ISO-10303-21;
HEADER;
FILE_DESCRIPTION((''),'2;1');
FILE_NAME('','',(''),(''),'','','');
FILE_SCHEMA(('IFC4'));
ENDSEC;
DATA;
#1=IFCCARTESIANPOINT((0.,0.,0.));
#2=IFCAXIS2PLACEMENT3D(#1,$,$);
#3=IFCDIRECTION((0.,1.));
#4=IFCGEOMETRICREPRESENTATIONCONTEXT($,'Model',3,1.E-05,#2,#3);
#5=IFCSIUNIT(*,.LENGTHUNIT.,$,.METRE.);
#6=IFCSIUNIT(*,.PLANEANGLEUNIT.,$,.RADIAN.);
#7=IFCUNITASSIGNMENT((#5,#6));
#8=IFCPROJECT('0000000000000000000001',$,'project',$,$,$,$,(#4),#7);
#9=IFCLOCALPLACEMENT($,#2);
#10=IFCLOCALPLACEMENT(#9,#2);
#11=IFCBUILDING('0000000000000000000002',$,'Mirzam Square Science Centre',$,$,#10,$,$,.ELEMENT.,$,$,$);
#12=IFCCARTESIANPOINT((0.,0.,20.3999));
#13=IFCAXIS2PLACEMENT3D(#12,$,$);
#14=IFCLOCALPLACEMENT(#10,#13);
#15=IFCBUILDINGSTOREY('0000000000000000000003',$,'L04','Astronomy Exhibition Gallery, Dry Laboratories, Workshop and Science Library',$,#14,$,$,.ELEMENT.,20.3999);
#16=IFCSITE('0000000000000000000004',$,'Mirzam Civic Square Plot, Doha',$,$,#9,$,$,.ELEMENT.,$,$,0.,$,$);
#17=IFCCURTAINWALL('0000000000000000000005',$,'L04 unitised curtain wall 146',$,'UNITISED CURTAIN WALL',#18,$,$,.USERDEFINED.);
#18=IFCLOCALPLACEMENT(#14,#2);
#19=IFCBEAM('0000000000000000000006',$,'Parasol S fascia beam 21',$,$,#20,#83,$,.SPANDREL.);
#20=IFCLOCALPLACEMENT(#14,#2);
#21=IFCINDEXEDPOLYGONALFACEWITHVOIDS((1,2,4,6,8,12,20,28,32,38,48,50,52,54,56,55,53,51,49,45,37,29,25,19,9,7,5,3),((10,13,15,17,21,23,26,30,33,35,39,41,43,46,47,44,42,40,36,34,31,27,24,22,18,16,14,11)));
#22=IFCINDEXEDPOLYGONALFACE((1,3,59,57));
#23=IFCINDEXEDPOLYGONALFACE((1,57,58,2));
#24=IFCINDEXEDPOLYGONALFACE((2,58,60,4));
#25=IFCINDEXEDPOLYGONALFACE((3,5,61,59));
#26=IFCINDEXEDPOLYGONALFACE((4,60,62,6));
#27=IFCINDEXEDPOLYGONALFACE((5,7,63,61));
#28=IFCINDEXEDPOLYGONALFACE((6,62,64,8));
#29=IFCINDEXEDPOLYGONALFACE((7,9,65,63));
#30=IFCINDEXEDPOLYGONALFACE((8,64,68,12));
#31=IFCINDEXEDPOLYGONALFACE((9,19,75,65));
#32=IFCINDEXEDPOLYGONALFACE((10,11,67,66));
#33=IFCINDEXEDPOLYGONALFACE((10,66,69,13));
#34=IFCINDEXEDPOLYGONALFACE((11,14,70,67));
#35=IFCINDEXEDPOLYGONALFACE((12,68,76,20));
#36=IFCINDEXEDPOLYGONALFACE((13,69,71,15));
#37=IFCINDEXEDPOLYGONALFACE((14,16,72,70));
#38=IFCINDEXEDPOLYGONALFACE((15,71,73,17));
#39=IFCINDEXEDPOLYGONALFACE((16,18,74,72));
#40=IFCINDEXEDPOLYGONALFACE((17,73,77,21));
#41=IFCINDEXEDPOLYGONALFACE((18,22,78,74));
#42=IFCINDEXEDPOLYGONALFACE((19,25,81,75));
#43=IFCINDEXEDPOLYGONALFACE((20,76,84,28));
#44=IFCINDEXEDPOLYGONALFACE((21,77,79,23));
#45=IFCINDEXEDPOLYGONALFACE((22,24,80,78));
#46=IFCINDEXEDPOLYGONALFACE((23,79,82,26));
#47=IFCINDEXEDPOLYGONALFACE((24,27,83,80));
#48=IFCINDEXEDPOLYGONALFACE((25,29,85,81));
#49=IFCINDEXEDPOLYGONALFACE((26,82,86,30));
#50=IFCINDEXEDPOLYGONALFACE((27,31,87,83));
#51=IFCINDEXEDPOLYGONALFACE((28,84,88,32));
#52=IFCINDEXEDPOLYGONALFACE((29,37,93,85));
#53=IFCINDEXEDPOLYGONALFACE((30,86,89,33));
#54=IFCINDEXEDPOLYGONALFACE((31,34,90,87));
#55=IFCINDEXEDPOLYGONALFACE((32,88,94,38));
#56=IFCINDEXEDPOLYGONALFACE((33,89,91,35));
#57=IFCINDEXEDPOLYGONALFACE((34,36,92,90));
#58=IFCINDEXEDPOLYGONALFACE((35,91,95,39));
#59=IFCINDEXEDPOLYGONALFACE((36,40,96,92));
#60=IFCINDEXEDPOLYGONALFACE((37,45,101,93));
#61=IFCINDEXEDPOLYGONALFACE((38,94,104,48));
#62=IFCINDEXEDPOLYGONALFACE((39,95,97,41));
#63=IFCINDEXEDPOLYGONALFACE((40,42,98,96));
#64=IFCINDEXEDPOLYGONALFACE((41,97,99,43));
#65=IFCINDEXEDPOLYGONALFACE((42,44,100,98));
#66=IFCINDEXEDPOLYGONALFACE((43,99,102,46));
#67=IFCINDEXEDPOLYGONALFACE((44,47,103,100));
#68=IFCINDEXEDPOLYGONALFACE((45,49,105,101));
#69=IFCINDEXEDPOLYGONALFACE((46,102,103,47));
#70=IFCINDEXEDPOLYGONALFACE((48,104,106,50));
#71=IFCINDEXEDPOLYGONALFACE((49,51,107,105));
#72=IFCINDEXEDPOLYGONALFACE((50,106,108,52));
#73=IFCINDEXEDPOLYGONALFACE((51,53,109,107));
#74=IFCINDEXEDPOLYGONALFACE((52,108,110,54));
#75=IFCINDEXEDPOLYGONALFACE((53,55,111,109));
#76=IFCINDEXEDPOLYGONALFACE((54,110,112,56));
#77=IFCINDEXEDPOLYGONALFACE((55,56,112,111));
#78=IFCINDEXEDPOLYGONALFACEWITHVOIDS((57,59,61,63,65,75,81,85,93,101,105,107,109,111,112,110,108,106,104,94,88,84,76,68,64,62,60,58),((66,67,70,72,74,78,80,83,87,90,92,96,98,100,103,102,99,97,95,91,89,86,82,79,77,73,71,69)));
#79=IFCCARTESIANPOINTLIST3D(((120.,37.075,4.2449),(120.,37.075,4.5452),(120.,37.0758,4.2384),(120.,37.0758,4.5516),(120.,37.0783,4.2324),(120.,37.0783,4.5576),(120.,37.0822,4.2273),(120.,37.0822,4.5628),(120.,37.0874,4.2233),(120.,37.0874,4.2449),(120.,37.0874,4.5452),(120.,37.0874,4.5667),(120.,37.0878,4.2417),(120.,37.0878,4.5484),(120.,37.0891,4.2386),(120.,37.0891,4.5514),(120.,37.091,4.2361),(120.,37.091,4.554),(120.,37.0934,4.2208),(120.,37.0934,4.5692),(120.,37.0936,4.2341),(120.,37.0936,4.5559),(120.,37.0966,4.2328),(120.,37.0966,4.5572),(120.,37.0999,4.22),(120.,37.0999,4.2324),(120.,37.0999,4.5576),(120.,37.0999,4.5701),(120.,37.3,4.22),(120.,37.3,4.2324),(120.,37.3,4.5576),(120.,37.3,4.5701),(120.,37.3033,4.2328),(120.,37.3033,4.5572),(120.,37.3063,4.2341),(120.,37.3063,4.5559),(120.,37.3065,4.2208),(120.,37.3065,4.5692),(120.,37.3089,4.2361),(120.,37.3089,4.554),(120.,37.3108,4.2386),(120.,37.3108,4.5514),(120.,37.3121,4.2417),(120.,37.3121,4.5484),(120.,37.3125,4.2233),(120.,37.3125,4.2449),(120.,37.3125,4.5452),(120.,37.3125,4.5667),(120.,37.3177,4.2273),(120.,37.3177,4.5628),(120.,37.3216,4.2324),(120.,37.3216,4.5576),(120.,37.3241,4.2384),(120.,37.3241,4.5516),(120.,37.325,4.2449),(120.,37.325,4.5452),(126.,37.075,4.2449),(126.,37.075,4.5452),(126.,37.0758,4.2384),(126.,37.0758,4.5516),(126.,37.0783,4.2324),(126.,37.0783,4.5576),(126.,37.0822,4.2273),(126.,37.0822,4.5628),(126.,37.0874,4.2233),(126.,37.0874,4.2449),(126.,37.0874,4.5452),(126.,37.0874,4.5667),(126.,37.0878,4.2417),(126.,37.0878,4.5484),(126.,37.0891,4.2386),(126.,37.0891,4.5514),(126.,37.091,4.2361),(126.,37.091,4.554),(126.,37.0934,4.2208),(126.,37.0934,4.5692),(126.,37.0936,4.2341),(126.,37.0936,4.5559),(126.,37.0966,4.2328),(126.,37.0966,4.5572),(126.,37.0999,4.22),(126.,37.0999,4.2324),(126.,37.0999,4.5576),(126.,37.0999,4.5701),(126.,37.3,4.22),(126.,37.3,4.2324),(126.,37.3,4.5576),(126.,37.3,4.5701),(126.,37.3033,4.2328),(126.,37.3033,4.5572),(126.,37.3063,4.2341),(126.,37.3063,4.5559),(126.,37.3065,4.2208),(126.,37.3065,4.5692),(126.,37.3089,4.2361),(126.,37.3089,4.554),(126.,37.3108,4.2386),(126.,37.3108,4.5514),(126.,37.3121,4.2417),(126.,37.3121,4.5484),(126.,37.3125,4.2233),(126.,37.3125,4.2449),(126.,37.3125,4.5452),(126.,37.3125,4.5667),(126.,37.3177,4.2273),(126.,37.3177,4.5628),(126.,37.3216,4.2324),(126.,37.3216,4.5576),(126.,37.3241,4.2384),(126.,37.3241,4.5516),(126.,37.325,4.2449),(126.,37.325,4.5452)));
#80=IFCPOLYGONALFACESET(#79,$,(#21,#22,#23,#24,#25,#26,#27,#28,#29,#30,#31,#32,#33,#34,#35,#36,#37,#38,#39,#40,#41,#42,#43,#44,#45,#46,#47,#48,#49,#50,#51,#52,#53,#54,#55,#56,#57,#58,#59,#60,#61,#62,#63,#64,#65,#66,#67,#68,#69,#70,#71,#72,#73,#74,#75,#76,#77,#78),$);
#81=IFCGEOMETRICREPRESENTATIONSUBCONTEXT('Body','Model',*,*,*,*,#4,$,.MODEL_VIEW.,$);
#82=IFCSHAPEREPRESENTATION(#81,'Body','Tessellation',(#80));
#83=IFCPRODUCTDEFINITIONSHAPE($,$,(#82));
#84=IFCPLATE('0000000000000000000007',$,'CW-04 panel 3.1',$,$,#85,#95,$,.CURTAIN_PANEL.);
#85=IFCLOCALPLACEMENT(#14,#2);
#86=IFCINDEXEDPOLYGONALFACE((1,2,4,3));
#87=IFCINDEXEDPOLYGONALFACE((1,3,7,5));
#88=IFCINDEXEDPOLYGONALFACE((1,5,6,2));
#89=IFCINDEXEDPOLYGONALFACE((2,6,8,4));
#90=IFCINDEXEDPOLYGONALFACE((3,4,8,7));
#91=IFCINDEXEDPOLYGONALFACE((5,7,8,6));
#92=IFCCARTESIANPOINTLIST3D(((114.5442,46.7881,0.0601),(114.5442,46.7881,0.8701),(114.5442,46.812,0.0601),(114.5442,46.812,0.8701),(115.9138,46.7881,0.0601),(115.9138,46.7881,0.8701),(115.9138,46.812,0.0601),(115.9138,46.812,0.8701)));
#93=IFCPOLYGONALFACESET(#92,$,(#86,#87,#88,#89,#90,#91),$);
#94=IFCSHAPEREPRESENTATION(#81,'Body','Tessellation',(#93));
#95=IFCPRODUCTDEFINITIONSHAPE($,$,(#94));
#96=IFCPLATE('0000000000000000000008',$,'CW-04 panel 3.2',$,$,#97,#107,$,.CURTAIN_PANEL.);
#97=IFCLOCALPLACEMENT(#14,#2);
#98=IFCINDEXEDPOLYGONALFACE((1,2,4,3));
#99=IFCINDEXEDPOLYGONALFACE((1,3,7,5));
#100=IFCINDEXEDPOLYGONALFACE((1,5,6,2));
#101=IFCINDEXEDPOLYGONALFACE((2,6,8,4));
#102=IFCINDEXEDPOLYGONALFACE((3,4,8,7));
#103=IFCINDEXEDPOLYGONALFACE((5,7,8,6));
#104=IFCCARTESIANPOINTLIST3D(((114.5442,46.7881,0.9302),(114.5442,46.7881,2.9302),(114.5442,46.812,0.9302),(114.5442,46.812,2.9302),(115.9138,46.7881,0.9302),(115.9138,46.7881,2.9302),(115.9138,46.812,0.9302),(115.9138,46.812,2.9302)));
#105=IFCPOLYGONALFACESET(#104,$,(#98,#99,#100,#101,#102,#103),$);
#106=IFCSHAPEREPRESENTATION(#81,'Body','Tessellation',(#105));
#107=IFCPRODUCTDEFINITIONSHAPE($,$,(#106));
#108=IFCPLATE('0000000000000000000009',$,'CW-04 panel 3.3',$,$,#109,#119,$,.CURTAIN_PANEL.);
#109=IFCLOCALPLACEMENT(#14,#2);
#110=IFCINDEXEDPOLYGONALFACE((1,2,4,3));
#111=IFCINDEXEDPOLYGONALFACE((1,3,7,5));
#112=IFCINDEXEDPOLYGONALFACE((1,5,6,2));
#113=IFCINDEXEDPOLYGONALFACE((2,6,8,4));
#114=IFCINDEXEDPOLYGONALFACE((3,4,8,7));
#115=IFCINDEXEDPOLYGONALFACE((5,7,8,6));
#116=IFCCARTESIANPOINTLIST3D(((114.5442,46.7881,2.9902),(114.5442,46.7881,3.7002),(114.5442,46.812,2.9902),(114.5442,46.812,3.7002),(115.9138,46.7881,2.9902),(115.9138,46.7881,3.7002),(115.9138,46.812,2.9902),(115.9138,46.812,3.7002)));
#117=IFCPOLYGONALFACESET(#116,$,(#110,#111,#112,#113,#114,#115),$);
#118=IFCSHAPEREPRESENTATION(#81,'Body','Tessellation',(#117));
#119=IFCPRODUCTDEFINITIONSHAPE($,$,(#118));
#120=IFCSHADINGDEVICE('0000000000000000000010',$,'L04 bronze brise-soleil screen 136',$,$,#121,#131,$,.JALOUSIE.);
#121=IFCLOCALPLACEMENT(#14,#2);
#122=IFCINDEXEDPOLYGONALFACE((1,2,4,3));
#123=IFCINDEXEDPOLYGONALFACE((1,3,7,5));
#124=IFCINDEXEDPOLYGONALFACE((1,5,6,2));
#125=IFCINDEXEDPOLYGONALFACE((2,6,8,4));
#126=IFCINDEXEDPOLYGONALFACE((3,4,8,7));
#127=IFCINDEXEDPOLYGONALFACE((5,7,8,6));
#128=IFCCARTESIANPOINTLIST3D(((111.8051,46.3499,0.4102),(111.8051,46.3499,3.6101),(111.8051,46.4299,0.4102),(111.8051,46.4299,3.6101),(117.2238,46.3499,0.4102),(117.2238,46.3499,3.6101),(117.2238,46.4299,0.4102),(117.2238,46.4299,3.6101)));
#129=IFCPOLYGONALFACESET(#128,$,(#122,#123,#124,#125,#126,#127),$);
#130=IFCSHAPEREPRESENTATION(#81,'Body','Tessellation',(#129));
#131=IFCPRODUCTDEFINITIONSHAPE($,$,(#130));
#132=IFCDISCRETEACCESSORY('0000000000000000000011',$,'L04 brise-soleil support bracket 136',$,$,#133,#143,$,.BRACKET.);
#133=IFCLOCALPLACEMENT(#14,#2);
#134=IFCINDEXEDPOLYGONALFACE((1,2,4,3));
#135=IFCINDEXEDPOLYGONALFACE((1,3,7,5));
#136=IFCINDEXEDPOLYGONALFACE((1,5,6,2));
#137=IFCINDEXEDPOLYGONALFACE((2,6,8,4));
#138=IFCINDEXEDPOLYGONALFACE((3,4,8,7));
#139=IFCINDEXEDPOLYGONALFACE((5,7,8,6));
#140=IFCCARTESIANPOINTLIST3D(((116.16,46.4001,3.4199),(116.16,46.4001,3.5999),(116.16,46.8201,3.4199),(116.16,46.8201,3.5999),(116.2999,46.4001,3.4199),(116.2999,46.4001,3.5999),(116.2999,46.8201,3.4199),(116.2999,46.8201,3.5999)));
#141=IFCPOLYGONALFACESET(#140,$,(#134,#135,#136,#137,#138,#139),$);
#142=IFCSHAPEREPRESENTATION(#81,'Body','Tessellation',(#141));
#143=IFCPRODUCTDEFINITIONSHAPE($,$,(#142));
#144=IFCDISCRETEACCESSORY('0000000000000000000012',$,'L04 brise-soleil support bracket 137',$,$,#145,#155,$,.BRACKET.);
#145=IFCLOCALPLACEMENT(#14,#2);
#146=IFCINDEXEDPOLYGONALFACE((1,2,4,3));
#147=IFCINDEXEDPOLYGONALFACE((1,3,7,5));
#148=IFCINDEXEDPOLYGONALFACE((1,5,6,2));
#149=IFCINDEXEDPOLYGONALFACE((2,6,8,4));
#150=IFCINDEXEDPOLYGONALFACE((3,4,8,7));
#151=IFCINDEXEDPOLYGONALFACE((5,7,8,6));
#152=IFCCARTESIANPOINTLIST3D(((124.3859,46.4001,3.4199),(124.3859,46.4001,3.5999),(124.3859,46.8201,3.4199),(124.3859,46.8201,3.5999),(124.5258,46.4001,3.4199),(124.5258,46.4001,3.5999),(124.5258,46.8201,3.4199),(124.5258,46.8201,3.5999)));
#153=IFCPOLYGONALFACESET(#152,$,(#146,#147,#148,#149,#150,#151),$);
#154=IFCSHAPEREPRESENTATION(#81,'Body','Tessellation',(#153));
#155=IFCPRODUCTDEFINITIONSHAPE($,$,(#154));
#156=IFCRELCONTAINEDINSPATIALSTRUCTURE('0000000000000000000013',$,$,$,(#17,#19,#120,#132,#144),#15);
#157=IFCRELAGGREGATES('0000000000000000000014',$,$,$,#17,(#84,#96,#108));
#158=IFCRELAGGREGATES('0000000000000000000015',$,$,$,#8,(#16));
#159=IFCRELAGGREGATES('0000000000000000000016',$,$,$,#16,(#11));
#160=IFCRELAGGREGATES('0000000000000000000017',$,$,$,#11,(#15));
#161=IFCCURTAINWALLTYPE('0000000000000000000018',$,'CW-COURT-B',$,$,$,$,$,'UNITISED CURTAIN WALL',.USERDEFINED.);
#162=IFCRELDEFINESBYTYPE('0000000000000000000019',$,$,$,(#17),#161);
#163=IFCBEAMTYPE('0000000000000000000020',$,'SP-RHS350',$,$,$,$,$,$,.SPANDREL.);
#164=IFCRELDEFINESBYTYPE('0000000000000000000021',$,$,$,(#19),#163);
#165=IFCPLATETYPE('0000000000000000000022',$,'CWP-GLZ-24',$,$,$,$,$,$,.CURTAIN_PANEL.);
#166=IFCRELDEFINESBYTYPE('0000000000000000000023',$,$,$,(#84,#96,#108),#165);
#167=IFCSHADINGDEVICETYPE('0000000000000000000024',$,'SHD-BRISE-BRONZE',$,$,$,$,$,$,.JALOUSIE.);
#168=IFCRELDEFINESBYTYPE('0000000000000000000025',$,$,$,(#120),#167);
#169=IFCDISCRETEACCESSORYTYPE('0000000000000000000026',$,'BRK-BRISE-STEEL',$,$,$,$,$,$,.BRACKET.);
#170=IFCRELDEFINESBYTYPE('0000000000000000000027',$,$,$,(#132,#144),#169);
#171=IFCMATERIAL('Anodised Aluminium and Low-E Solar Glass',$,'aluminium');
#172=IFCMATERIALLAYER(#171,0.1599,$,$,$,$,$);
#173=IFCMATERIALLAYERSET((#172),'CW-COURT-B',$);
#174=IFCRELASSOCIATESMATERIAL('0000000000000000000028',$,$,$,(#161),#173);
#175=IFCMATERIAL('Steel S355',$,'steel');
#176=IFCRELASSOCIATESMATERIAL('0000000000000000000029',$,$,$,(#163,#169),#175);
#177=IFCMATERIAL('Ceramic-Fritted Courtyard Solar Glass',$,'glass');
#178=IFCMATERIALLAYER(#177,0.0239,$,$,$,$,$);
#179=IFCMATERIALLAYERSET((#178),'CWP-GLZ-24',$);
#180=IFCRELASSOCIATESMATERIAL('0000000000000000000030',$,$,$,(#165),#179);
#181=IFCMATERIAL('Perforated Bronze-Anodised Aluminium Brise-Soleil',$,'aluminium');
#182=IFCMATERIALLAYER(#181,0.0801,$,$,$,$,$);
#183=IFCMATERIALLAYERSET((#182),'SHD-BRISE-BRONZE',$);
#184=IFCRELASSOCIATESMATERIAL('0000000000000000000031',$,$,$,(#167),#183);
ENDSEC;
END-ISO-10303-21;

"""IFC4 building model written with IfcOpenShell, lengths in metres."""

from ifc_helpers import new_model, si_unit, direction, frame, origin, origin_2d, place, context, subcontext, project, spatial, rectangle, hollow_rectangle, extrude, material, layer, layer_set, material_profile, profile_set, type_object, element, aggregate, save


model = new_model("IFC4")

# Units and contexts
model_context = context("Model", 3, precision=1e-05, world=origin(), true_north=direction((0.0, 1.0)))
body_context = subcontext(model_context, "Body", "Model", "MODEL_VIEW")
ifc_project = project(units=[si_unit("LENGTHUNIT", "METRE"), si_unit("PLANEANGLEUNIT", "RADIAN")], contexts=[model_context])

# Site, building, storey
site_placement = place(None, origin())
site = spatial("IfcSite", under=ifc_project, at=site_placement, Name="Mirzam Civic Square Plot, Doha", CompositionType="ELEMENT", RefElevation=0.0)
building_placement = place(site_placement, origin())
building = spatial("IfcBuilding", under=site, at=building_placement, Name="Mirzam Square Science Centre", CompositionType="ELEMENT")
storey_placement = place(building_placement, frame((0.0, 0.0, 20.3999)))
storey = spatial("IfcBuildingStorey", under=building, at=storey_placement, Name="L04", Description="Astronomy Exhibition Gallery, Dry Laboratories, Workshop and Science Library", CompositionType="ELEMENT", Elevation=20.3999)

# Shared definitions
ifc_material_1 = material(Name="Steel S355", Category="steel")

# Curtain wall
ifc_material_2 = material(Name="Anodised Aluminium and Low-E Solar Glass", Category="aluminium")
ifc_layer_1 = layer(ifc_material_2, 0.1599)
ifc_layer_set_1 = layer_set([ifc_layer_1], Name="CW-COURT-B")
curtain_wall_type = type_object("IfcCurtainWallType", Name="CW-COURT-B", ElementType="UNITISED CURTAIN WALL", PredefinedType="USERDEFINED", material=ifc_layer_set_1)
curtain_wall_placement = place(storey_placement, origin())
curtain_wall = element("IfcCurtainWall", 1, at=curtain_wall_placement, inside=storey, type_object=curtain_wall_type, Name="L04 unitised curtain wall 146", ObjectType="UNITISED CURTAIN WALL", PredefinedType="USERDEFINED")

# Beam
ifc_material_profile_1 = material_profile(ifc_material_1, hollow_rectangle(XDim=0.25, YDim=0.3501, WallThickness=0.0125, InnerFilletRadius=0.0125, OuterFilletRadius=0.0249, at=origin_2d()), Name="350x250x12.5RHS")
ifc_profile_set_1 = profile_set([ifc_material_profile_1], Name="Steel S355")
beam_type_1 = type_object("IfcBeamType", Name="SP-RHS350", PredefinedType="SPANDREL", material=ifc_profile_set_1)
for number, where, z_axis, x_axis, name in (
    (2, (120.0, 37.2, 4.395), (1.0, 0.0, 0.0), (0.0, 1.0, 0.0), "Parasol S fascia beam 21"),
):
    element("IfcBeam", number, at=place(storey_placement, frame(where, z_axis=z_axis, x_axis=x_axis)), inside=storey, type_object=beam_type_1, Name=name, PredefinedType="SPANDREL", context=body_context, shape_type="SweptSolid", body=[
        extrude(hollow_rectangle(XDim=0.25, YDim=0.3501, WallThickness=0.0125, InnerFilletRadius=0.0125, OuterFilletRadius=0.0249, at=origin_2d()), origin(), (0.0, 0.0, 1.0), 6.0),
    ])

# Plates
ifc_material_3 = material(Name="Ceramic-Fritted Courtyard Solar Glass", Category="glass")
ifc_layer_2 = layer(ifc_material_3, 0.0239)
ifc_layer_set_2 = layer_set([ifc_layer_2], Name="CWP-GLZ-24")
plate_type = type_object("IfcPlateType", Name="CWP-GLZ-24", PredefinedType="CURTAIN_PANEL", material=ifc_layer_set_2)
plate_1_placement = place(storey_placement, frame((115.229, 46.8, 0.0601), z_axis=(0.0, 0.0, 1.0), x_axis=(1.0, 0.0, 0.0)))
plate_1 = element("IfcPlate", 3, at=plate_1_placement, type_object=plate_type, Name="CW-04 panel 3.1", PredefinedType="CURTAIN_PANEL", context=body_context, shape_type="SweptSolid", body=[
    extrude(rectangle(XDim=1.3696, YDim=0.0239, at=origin_2d()), origin(), (0.0, 0.0, 1.0), 0.8101),
])
plate_2_placement = place(storey_placement, frame((115.229, 46.8, 0.9302), z_axis=(0.0, 0.0, 1.0), x_axis=(1.0, 0.0, 0.0)))
plate_2 = element("IfcPlate", 4, at=plate_2_placement, type_object=plate_type, Name="CW-04 panel 3.2", PredefinedType="CURTAIN_PANEL", context=body_context, shape_type="SweptSolid", body=[
    extrude(rectangle(XDim=1.3696, YDim=0.0239, at=origin_2d()), origin(), (0.0, 0.0, 1.0), 2.0),
])
plate_3_placement = place(storey_placement, frame((115.229, 46.8, 2.9902), z_axis=(0.0, 0.0, 1.0), x_axis=(1.0, 0.0, 0.0)))
plate_3 = element("IfcPlate", 5, at=plate_3_placement, type_object=plate_type, Name="CW-04 panel 3.3", PredefinedType="CURTAIN_PANEL", context=body_context, shape_type="SweptSolid", body=[
    extrude(rectangle(XDim=1.3696, YDim=0.0239, at=origin_2d()), origin(), (0.0, 0.0, 1.0), 0.71),
])
aggregate(curtain_wall, [plate_1, plate_2, plate_3])

# Shading device
ifc_material_4 = material(Name="Perforated Bronze-Anodised Aluminium Brise-Soleil", Category="aluminium")
ifc_layer_3 = layer(ifc_material_4, 0.0801)
ifc_layer_set_3 = layer_set([ifc_layer_3], Name="SHD-BRISE-BRONZE")
shading_device_type = type_object("IfcShadingDeviceType", Name="SHD-BRISE-BRONZE", PredefinedType="JALOUSIE", material=ifc_layer_set_3)
shading_device_placement = place(storey_placement, frame((114.5144, 46.3899, 0.4102), z_axis=(0.0, 0.0, 1.0), x_axis=(1.0, 0.0, 0.0)))
element("IfcShadingDevice", 6, at=shading_device_placement, inside=storey, type_object=shading_device_type, Name="L04 bronze brise-soleil screen 136", PredefinedType="JALOUSIE", context=body_context, shape_type="SweptSolid", body=[
    extrude(rectangle(XDim=5.4187, YDim=0.0801, at=origin_2d()), origin(), (0.0, 0.0, 1.0), 3.2),
])

# Discrete accessories
discrete_accessory_type = type_object("IfcDiscreteAccessoryType", Name="BRK-BRISE-STEEL", PredefinedType="BRACKET", material=ifc_material_1)
for number, where, z_axis, x_axis, name in (
    (7, (116.23, 46.6101, 3.4199), (0.0, 0.0, 1.0), (1.0, 0.0, 0.0), "L04 brise-soleil support bracket 136"),
    (8, (124.4558, 46.6101, 3.4199), (0.0, 0.0, 1.0), (1.0, 0.0, 0.0), "L04 brise-soleil support bracket 137"),
):
    element("IfcDiscreteAccessory", number, at=place(storey_placement, frame(where, z_axis=z_axis, x_axis=x_axis)), inside=storey, type_object=discrete_accessory_type, Name=name, PredefinedType="BRACKET", context=body_context, shape_type="SweptSolid", body=[
        extrude(rectangle(XDim=0.1399, YDim=0.4199, at=origin_2d()), origin(), (0.0, 0.0, 1.0), 0.1799),
    ])

save(model, "model.ifc")
